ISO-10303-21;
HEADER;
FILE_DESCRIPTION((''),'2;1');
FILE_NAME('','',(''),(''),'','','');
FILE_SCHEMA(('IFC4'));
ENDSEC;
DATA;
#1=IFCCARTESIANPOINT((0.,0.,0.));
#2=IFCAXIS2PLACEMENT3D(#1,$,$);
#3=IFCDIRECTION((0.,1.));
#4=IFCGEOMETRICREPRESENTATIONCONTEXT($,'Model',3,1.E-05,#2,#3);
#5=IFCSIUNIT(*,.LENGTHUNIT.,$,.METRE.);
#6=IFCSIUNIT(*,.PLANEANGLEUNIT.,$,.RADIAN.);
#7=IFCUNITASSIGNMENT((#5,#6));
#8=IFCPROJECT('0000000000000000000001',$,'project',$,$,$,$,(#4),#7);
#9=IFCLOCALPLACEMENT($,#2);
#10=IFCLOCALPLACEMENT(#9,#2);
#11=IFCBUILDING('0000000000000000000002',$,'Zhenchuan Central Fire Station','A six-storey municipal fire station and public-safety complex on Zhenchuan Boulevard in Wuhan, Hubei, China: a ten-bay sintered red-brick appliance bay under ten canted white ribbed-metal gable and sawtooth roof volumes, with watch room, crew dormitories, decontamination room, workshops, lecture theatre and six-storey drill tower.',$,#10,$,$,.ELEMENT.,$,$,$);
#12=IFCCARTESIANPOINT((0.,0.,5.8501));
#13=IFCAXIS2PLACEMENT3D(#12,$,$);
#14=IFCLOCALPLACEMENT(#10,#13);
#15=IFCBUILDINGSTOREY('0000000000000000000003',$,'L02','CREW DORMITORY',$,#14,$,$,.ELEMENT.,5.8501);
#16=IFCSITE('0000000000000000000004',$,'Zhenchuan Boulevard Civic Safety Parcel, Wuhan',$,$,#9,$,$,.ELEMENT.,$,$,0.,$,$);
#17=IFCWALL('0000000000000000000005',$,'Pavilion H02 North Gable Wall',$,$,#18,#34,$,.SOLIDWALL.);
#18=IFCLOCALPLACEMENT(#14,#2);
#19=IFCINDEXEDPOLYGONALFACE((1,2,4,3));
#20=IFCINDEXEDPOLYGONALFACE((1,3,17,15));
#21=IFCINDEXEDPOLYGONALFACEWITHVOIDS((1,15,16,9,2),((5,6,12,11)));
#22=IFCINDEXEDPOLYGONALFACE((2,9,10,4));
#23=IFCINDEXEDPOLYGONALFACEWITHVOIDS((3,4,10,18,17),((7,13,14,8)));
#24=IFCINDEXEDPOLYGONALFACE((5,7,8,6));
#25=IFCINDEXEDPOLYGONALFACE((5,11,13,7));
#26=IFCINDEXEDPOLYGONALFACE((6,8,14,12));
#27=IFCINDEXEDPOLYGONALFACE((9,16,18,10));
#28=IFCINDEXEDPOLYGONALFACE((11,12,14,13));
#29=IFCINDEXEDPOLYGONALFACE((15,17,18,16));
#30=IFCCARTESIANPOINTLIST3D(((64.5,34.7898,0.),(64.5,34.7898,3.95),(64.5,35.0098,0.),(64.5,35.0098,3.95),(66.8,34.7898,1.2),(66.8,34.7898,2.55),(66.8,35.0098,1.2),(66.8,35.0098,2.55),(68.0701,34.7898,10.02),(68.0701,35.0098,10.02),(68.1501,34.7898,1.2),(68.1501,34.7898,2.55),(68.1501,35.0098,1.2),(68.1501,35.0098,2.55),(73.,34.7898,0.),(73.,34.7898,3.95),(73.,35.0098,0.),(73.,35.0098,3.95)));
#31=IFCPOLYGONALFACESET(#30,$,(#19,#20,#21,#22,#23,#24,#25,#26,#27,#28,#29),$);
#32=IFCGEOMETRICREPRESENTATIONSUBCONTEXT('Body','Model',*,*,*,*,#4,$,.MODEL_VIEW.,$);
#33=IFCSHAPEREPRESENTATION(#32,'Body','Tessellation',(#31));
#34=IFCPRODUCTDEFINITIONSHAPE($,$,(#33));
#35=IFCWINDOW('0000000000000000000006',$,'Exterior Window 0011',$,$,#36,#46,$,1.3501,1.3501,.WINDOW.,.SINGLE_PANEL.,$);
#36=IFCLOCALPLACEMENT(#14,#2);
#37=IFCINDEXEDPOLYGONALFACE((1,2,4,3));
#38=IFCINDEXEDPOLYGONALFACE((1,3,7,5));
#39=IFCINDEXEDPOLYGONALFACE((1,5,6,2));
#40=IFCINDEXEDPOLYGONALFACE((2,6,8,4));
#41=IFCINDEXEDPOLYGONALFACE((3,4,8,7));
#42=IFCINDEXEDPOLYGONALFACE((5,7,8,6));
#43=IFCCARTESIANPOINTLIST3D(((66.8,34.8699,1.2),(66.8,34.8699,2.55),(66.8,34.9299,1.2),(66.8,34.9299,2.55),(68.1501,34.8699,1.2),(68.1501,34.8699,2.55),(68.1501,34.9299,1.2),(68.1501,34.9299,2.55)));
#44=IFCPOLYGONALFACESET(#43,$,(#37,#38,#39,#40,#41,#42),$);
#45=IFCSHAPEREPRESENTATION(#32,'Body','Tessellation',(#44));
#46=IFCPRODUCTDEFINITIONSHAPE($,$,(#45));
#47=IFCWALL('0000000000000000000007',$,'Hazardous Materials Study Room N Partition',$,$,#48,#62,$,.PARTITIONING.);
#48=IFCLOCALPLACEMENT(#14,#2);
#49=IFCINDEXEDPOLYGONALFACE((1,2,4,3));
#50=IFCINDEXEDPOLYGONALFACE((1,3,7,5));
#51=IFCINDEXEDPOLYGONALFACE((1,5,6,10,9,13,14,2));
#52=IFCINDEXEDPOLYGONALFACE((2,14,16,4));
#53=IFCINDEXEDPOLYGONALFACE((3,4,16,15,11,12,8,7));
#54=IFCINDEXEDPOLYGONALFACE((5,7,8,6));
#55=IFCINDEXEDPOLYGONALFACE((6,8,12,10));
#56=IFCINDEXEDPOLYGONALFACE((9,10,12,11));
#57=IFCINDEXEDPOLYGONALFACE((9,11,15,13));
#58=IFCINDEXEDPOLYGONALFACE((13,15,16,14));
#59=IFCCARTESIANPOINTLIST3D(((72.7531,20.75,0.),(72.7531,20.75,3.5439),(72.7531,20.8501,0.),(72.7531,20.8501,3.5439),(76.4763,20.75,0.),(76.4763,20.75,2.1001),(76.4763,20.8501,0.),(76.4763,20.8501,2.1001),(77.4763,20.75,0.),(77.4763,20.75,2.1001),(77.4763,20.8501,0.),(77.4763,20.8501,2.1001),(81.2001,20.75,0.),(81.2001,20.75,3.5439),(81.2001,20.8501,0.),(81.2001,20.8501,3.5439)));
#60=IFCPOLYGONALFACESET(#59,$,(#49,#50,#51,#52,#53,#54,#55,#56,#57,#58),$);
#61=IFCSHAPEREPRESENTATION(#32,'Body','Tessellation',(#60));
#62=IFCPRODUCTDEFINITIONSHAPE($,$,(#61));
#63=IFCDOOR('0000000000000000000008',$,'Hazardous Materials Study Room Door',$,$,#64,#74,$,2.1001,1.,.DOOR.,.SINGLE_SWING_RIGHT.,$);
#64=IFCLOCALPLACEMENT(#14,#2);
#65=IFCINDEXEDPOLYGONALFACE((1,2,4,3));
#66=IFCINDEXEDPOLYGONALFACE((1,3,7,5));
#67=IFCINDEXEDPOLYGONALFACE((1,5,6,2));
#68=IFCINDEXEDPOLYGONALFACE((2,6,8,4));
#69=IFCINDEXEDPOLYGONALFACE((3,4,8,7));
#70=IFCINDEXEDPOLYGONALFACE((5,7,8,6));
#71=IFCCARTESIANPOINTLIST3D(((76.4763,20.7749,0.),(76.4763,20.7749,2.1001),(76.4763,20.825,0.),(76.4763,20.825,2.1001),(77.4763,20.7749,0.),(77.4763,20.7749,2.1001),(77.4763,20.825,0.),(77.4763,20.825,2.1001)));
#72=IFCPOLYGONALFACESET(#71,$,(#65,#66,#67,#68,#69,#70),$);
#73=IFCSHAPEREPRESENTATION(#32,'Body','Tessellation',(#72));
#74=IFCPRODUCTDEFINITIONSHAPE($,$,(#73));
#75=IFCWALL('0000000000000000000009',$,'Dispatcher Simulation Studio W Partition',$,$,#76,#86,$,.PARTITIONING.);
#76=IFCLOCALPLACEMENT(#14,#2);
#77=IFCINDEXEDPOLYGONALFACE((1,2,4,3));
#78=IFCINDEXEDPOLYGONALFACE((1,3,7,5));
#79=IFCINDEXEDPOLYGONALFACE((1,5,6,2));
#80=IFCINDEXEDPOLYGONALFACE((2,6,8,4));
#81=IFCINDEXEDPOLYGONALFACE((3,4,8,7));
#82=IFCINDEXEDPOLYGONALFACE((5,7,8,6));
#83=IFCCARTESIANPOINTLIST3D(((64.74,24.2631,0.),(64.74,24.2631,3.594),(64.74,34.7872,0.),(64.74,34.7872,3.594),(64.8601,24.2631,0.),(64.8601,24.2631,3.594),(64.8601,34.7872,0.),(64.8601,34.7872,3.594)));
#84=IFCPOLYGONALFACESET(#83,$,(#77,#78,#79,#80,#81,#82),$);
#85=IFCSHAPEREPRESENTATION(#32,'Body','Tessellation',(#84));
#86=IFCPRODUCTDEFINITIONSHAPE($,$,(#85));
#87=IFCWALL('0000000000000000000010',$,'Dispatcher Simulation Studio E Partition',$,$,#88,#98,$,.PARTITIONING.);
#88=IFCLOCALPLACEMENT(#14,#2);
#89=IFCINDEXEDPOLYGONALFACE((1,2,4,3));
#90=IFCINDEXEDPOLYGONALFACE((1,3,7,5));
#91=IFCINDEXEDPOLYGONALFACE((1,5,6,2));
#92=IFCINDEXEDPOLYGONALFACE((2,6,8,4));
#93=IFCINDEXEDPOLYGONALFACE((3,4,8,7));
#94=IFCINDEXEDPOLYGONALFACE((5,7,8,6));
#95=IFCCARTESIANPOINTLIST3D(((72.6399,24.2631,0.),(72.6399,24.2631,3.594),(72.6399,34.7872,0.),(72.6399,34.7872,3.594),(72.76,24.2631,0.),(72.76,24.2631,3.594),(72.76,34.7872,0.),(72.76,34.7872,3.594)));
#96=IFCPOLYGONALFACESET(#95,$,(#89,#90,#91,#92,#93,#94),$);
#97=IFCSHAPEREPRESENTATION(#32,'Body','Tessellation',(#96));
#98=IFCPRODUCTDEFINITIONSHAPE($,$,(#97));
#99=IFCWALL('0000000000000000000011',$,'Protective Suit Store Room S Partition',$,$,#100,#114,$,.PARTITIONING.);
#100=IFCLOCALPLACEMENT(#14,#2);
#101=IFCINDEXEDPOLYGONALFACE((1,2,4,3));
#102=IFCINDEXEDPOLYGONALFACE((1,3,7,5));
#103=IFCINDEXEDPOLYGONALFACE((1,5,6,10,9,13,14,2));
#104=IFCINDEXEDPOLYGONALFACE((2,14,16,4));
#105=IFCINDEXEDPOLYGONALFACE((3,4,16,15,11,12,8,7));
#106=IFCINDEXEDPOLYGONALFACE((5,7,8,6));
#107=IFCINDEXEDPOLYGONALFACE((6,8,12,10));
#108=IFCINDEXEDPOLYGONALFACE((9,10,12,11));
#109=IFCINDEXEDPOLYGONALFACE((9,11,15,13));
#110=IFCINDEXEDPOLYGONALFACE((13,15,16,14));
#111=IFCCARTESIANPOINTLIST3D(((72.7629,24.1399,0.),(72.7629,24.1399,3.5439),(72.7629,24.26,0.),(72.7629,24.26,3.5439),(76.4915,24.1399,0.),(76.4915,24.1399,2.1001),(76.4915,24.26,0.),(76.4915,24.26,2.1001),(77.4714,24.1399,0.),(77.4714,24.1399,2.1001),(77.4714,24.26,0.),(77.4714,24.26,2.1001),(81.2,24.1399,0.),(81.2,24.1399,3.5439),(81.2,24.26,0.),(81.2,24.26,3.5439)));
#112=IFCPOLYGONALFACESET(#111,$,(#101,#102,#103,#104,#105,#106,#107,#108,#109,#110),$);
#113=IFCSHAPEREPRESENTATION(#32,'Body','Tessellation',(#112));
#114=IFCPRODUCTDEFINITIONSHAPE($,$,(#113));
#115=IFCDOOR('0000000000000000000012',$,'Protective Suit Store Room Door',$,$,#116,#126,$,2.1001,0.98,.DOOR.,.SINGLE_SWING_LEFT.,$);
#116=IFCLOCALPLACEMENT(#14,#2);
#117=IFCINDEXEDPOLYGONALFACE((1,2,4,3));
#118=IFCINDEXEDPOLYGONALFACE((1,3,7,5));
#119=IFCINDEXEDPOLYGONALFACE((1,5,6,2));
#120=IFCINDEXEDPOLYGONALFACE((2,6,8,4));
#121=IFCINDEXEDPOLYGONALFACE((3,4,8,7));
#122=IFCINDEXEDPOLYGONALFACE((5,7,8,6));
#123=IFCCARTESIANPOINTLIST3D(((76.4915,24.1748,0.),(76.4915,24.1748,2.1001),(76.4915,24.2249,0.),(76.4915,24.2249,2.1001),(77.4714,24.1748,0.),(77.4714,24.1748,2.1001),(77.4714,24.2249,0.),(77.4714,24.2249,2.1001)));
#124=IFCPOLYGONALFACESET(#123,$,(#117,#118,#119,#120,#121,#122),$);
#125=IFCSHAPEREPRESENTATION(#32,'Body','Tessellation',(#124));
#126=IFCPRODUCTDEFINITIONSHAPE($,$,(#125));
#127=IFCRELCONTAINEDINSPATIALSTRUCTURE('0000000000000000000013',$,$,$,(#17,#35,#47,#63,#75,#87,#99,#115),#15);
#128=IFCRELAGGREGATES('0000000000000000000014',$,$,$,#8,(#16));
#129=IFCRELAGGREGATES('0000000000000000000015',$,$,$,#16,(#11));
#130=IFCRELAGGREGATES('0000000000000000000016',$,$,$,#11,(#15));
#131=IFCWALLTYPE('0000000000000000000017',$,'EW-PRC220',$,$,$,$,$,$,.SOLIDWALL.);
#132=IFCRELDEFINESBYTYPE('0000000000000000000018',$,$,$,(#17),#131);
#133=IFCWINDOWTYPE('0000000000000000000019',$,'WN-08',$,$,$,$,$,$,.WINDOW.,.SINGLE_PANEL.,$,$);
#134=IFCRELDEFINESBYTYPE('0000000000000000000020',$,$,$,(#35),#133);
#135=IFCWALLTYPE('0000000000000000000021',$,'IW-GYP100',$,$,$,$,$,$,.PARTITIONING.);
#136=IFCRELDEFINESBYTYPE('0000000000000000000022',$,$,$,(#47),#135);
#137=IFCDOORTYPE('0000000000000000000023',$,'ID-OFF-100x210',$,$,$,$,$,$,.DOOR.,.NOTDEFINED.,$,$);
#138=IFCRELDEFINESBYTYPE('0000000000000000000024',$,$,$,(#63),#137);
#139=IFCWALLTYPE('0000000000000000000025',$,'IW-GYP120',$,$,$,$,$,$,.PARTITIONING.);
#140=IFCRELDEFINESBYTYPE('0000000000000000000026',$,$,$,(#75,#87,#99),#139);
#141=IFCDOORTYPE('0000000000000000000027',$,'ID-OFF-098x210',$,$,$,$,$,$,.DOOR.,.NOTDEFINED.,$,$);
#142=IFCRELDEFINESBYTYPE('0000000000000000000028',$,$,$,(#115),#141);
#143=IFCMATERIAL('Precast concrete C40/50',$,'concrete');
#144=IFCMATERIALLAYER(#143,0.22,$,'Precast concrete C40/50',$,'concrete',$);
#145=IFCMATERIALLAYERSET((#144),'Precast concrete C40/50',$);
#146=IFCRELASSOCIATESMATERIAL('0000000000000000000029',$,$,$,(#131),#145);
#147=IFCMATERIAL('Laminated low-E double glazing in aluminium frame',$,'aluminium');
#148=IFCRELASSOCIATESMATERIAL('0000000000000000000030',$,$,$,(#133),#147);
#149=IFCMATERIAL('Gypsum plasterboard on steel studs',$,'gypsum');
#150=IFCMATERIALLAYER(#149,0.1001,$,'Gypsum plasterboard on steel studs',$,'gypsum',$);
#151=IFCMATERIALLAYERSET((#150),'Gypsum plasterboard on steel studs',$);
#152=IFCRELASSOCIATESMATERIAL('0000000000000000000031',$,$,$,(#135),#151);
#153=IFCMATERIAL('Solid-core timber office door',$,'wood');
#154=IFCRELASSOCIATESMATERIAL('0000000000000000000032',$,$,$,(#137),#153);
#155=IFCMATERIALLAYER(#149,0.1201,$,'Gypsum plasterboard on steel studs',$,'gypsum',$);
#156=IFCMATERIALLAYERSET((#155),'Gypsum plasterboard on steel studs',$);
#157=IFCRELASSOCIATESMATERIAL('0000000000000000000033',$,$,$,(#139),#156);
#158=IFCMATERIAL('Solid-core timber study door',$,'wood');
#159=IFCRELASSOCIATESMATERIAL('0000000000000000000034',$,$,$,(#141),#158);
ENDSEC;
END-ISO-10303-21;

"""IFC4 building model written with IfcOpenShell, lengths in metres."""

from ifc_helpers import new_model, si_unit, direction, frame, frame_2d, origin, place, context, subcontext, project, spatial, polyline, rectangle, outline, extrude, material, layer, layer_set, type_object, element, fill, save


model = new_model("IFC4")

# Units and contexts
model_context = context("Model", 3, precision=1e-05, world=origin(), true_north=direction((0.0, 1.0)))
body_context = subcontext(model_context, "Body", "Model", "MODEL_VIEW")
ifc_project = project(units=[si_unit("LENGTHUNIT", "METRE"), si_unit("PLANEANGLEUNIT", "RADIAN")], contexts=[model_context])

# Site, building, storey
site_placement = place(None, origin())
site = spatial("IfcSite", under=ifc_project, at=site_placement, Name="Zhenchuan Boulevard Civic Safety Parcel, Wuhan", CompositionType="ELEMENT", RefElevation=0.0)
building_placement = place(site_placement, origin())
building = spatial("IfcBuilding", under=site, at=building_placement, Name="Zhenchuan Central Fire Station", Description="A six-storey municipal fire station and public-safety complex on Zhenchuan Boulevard in Wuhan, Hubei, China: a ten-bay sintered red-brick appliance bay under ten canted white ribbed-metal gable and sawtooth roof volumes, with watch room, crew dormitories, decontamination room, workshops, lecture theatre and six-storey drill tower.", CompositionType="ELEMENT")
storey_placement = place(building_placement, frame((0.0, 0.0, 5.8501)))
storey = spatial("IfcBuildingStorey", under=building, at=storey_placement, Name="L02", Description="CREW DORMITORY", CompositionType="ELEMENT", Elevation=5.8501)

# Shared definitions
ifc_material_1 = material(Name="Precast concrete C40/50", Category="concrete")
ifc_layer_1 = layer(ifc_material_1, 0.22, Name="Precast concrete C40/50", Category="concrete")
ifc_layer_set_1 = layer_set([ifc_layer_1], Name="Precast concrete C40/50")
wall_type_1 = type_object("IfcWallType", Name="EW-PRC220", PredefinedType="SOLIDWALL", material=ifc_layer_set_1)

# Wall, opening, window
wall_1_placement = place(storey_placement, frame((64.5, 34.8999, 0.0), z_axis=(0.0, 0.0, 1.0), x_axis=(1.0, 0.0, 0.0)))
wall_1 = element("IfcWall", 1, at=wall_1_placement, inside=storey, type_object=wall_type_1, Name="Pavilion H02 North Gable Wall", PredefinedType="SOLIDWALL", context=body_context, shape_type="SweptSolid", body=[
    extrude(outline(polyline([(0.0, 0.0), (8.5, 0.0), (8.5, 3.95), (3.5701, 10.02), (0.0, 3.95), (0.0, 0.0)])), frame((0.0, 0.1099, 0.0), z_axis=(0.0, -1.0, 0.0), x_axis=(1.0, 0.0, 0.0)), (0.0, 0.0, 1.0), 0.22),
])
opening_1_placement = place(wall_1_placement, frame((2.3, 0.0, 1.2)))
opening_1 = element("IfcOpeningElement", 2, at=opening_1_placement, cuts=wall_1, PredefinedType="OPENING", context=body_context, shape_type="SweptSolid", body=[
    extrude(rectangle(XDim=1.3501, YDim=1.3501, at=frame_2d((0.675, 0.675))), frame((0.0, 0.1199, 0.0), z_axis=(0.0, -1.0, 0.0), x_axis=(1.0, 0.0, 0.0)), (0.0, 0.0, 1.0), 0.24),
])
ifc_material_2 = material(Name="Laminated low-E double glazing in aluminium frame", Category="aluminium")
window_type = type_object("IfcWindowType", Name="WN-08", PartitioningType="SINGLE_PANEL", PredefinedType="WINDOW", material=ifc_material_2)
window_placement = place(opening_1_placement, origin())
window = element("IfcWindow", 3, at=window_placement, inside=storey, type_object=window_type, Name="Exterior Window 0011", OverallHeight=1.3501, OverallWidth=1.3501, PartitioningType="SINGLE_PANEL", PredefinedType="WINDOW", context=body_context, shape_type="SweptSolid", body=[
    extrude(rectangle(XDim=1.3501, YDim=1.3501, at=frame_2d((0.675, 0.675))), frame((0.0, 0.03, 0.0), z_axis=(0.0, -1.0, 0.0), x_axis=(1.0, 0.0, 0.0)), (0.0, 0.0, 1.0), 0.0601),
])
fill(opening_1, window)

# Wall, opening, door
ifc_material_3 = material(Name="Gypsum plasterboard on steel studs", Category="gypsum")
ifc_layer_2 = layer(ifc_material_3, 0.1001, Name="Gypsum plasterboard on steel studs", Category="gypsum")
ifc_layer_set_2 = layer_set([ifc_layer_2], Name="Gypsum plasterboard on steel studs")
wall_type_2 = type_object("IfcWallType", Name="IW-GYP100", PredefinedType="PARTITIONING", material=ifc_layer_set_2)
wall_2_placement = place(storey_placement, frame((72.7529, 20.8, 0.0), z_axis=(0.0, 0.0, 1.0), x_axis=(1.0, 0.0, 0.0)))
wall_2 = element("IfcWall", 4, at=wall_2_placement, inside=storey, type_object=wall_type_2, Name="Hazardous Materials Study Room N Partition", PredefinedType="PARTITIONING", context=body_context, shape_type="SweptSolid", body=[
    extrude(rectangle(XDim=8.447, YDim=0.1001, at=frame_2d((4.2236, 0.0))), origin(), (0.0, 0.0, 1.0), 3.5439),
])
opening_2_placement = place(wall_2_placement, frame((3.7234, 0.0, 0.0)))
opening_2 = element("IfcOpeningElement", 5, at=opening_2_placement, cuts=wall_2, PredefinedType="OPENING", context=body_context, shape_type="SweptSolid", body=[
    extrude(rectangle(XDim=1.0, YDim=2.1001, at=frame_2d((0.5, 1.05))), frame((0.0, 0.0601, 0.0), z_axis=(0.0, -1.0, 0.0), x_axis=(1.0, 0.0, 0.0)), (0.0, 0.0, 1.0), 0.1201),
])
ifc_material_4 = material(Name="Solid-core timber office door", Category="wood")
door_type_1 = type_object("IfcDoorType", Name="ID-OFF-100x210", OperationType="NOTDEFINED", PredefinedType="DOOR", material=ifc_material_4)
door_1_placement = place(opening_2_placement, origin())
door_1 = element("IfcDoor", 6, at=door_1_placement, inside=storey, type_object=door_type_1, Name="Hazardous Materials Study Room Door", OperationType="SINGLE_SWING_RIGHT", OverallHeight=2.1001, OverallWidth=1.0, PredefinedType="DOOR", context=body_context, shape_type="SweptSolid", body=[
    extrude(rectangle(XDim=1.0, YDim=2.1001, at=frame_2d((0.5, 1.05))), frame((0.0, 0.0249, 0.0), z_axis=(0.0, -1.0, 0.0), x_axis=(1.0, 0.0, 0.0)), (0.0, 0.0, 1.0), 0.05),
])
fill(opening_2, door_1)

# Walls
ifc_layer_3 = layer(ifc_material_3, 0.1201, Name="Gypsum plasterboard on steel studs", Category="gypsum")
ifc_layer_set_3 = layer_set([ifc_layer_3], Name="Gypsum plasterboard on steel studs")
wall_type_3 = type_object("IfcWallType", Name="IW-GYP120", PredefinedType="PARTITIONING", material=ifc_layer_set_3)
for number, where, z_axis, x_axis, name in (
    (7, (64.8, 24.2629, 0.0), (0.0, 0.0, 1.0), (0.0, 1.0, 0.0), "Dispatcher Simulation Studio W Partition"),
    (8, (72.7, 24.2629, 0.0), (0.0, 0.0, 1.0), (0.0, 1.0, 0.0), "Dispatcher Simulation Studio E Partition"),
):
    element("IfcWall", number, at=place(storey_placement, frame(where, z_axis=z_axis, x_axis=x_axis)), inside=storey, type_object=wall_type_3, Name=name, PredefinedType="PARTITIONING", context=body_context, shape_type="SweptSolid", body=[
        extrude(rectangle(XDim=10.5242, YDim=0.1201, at=frame_2d((5.2622, 0.0))), origin(), (0.0, 0.0, 1.0), 3.594),
    ])

# Wall, opening, door
wall_3_placement = place(storey_placement, frame((72.7629, 24.2, 0.0), z_axis=(0.0, 0.0, 1.0), x_axis=(1.0, 0.0, 0.0)))
wall_3 = element("IfcWall", 9, at=wall_3_placement, inside=storey, type_object=wall_type_3, Name="Protective Suit Store Room S Partition", PredefinedType="PARTITIONING", context=body_context, shape_type="SweptSolid", body=[
    extrude(rectangle(XDim=8.437, YDim=0.1201, at=frame_2d((4.2185, 0.0))), origin(), (0.0, 0.0, 1.0), 3.5439),
])
opening_3_placement = place(wall_3_placement, frame((3.7285, 0.0, 0.0)))
opening_3 = element("IfcOpeningElement", 10, at=opening_3_placement, cuts=wall_3, PredefinedType="OPENING", context=body_context, shape_type="SweptSolid", body=[
    extrude(rectangle(XDim=0.98, YDim=2.1001, at=frame_2d((0.49, 1.05))), frame((0.0, 0.0701, 0.0), z_axis=(0.0, -1.0, 0.0), x_axis=(1.0, 0.0, 0.0)), (0.0, 0.0, 1.0), 0.1401),
])
ifc_material_5 = material(Name="Solid-core timber study door", Category="wood")
door_type_2 = type_object("IfcDoorType", Name="ID-OFF-098x210", OperationType="NOTDEFINED", PredefinedType="DOOR", material=ifc_material_5)
door_2_placement = place(opening_3_placement, origin())
door_2 = element("IfcDoor", 11, at=door_2_placement, inside=storey, type_object=door_type_2, Name="Protective Suit Store Room Door", OperationType="SINGLE_SWING_LEFT", OverallHeight=2.1001, OverallWidth=0.98, PredefinedType="DOOR", context=body_context, shape_type="SweptSolid", body=[
    extrude(rectangle(XDim=0.98, YDim=2.1001, at=frame_2d((0.49, 1.05))), frame((0.0, 0.0249, 0.0), z_axis=(0.0, -1.0, 0.0), x_axis=(1.0, 0.0, 0.0)), (0.0, 0.0, 1.0), 0.05),
])
fill(opening_3, door_2)

save(model, "model.ifc")
